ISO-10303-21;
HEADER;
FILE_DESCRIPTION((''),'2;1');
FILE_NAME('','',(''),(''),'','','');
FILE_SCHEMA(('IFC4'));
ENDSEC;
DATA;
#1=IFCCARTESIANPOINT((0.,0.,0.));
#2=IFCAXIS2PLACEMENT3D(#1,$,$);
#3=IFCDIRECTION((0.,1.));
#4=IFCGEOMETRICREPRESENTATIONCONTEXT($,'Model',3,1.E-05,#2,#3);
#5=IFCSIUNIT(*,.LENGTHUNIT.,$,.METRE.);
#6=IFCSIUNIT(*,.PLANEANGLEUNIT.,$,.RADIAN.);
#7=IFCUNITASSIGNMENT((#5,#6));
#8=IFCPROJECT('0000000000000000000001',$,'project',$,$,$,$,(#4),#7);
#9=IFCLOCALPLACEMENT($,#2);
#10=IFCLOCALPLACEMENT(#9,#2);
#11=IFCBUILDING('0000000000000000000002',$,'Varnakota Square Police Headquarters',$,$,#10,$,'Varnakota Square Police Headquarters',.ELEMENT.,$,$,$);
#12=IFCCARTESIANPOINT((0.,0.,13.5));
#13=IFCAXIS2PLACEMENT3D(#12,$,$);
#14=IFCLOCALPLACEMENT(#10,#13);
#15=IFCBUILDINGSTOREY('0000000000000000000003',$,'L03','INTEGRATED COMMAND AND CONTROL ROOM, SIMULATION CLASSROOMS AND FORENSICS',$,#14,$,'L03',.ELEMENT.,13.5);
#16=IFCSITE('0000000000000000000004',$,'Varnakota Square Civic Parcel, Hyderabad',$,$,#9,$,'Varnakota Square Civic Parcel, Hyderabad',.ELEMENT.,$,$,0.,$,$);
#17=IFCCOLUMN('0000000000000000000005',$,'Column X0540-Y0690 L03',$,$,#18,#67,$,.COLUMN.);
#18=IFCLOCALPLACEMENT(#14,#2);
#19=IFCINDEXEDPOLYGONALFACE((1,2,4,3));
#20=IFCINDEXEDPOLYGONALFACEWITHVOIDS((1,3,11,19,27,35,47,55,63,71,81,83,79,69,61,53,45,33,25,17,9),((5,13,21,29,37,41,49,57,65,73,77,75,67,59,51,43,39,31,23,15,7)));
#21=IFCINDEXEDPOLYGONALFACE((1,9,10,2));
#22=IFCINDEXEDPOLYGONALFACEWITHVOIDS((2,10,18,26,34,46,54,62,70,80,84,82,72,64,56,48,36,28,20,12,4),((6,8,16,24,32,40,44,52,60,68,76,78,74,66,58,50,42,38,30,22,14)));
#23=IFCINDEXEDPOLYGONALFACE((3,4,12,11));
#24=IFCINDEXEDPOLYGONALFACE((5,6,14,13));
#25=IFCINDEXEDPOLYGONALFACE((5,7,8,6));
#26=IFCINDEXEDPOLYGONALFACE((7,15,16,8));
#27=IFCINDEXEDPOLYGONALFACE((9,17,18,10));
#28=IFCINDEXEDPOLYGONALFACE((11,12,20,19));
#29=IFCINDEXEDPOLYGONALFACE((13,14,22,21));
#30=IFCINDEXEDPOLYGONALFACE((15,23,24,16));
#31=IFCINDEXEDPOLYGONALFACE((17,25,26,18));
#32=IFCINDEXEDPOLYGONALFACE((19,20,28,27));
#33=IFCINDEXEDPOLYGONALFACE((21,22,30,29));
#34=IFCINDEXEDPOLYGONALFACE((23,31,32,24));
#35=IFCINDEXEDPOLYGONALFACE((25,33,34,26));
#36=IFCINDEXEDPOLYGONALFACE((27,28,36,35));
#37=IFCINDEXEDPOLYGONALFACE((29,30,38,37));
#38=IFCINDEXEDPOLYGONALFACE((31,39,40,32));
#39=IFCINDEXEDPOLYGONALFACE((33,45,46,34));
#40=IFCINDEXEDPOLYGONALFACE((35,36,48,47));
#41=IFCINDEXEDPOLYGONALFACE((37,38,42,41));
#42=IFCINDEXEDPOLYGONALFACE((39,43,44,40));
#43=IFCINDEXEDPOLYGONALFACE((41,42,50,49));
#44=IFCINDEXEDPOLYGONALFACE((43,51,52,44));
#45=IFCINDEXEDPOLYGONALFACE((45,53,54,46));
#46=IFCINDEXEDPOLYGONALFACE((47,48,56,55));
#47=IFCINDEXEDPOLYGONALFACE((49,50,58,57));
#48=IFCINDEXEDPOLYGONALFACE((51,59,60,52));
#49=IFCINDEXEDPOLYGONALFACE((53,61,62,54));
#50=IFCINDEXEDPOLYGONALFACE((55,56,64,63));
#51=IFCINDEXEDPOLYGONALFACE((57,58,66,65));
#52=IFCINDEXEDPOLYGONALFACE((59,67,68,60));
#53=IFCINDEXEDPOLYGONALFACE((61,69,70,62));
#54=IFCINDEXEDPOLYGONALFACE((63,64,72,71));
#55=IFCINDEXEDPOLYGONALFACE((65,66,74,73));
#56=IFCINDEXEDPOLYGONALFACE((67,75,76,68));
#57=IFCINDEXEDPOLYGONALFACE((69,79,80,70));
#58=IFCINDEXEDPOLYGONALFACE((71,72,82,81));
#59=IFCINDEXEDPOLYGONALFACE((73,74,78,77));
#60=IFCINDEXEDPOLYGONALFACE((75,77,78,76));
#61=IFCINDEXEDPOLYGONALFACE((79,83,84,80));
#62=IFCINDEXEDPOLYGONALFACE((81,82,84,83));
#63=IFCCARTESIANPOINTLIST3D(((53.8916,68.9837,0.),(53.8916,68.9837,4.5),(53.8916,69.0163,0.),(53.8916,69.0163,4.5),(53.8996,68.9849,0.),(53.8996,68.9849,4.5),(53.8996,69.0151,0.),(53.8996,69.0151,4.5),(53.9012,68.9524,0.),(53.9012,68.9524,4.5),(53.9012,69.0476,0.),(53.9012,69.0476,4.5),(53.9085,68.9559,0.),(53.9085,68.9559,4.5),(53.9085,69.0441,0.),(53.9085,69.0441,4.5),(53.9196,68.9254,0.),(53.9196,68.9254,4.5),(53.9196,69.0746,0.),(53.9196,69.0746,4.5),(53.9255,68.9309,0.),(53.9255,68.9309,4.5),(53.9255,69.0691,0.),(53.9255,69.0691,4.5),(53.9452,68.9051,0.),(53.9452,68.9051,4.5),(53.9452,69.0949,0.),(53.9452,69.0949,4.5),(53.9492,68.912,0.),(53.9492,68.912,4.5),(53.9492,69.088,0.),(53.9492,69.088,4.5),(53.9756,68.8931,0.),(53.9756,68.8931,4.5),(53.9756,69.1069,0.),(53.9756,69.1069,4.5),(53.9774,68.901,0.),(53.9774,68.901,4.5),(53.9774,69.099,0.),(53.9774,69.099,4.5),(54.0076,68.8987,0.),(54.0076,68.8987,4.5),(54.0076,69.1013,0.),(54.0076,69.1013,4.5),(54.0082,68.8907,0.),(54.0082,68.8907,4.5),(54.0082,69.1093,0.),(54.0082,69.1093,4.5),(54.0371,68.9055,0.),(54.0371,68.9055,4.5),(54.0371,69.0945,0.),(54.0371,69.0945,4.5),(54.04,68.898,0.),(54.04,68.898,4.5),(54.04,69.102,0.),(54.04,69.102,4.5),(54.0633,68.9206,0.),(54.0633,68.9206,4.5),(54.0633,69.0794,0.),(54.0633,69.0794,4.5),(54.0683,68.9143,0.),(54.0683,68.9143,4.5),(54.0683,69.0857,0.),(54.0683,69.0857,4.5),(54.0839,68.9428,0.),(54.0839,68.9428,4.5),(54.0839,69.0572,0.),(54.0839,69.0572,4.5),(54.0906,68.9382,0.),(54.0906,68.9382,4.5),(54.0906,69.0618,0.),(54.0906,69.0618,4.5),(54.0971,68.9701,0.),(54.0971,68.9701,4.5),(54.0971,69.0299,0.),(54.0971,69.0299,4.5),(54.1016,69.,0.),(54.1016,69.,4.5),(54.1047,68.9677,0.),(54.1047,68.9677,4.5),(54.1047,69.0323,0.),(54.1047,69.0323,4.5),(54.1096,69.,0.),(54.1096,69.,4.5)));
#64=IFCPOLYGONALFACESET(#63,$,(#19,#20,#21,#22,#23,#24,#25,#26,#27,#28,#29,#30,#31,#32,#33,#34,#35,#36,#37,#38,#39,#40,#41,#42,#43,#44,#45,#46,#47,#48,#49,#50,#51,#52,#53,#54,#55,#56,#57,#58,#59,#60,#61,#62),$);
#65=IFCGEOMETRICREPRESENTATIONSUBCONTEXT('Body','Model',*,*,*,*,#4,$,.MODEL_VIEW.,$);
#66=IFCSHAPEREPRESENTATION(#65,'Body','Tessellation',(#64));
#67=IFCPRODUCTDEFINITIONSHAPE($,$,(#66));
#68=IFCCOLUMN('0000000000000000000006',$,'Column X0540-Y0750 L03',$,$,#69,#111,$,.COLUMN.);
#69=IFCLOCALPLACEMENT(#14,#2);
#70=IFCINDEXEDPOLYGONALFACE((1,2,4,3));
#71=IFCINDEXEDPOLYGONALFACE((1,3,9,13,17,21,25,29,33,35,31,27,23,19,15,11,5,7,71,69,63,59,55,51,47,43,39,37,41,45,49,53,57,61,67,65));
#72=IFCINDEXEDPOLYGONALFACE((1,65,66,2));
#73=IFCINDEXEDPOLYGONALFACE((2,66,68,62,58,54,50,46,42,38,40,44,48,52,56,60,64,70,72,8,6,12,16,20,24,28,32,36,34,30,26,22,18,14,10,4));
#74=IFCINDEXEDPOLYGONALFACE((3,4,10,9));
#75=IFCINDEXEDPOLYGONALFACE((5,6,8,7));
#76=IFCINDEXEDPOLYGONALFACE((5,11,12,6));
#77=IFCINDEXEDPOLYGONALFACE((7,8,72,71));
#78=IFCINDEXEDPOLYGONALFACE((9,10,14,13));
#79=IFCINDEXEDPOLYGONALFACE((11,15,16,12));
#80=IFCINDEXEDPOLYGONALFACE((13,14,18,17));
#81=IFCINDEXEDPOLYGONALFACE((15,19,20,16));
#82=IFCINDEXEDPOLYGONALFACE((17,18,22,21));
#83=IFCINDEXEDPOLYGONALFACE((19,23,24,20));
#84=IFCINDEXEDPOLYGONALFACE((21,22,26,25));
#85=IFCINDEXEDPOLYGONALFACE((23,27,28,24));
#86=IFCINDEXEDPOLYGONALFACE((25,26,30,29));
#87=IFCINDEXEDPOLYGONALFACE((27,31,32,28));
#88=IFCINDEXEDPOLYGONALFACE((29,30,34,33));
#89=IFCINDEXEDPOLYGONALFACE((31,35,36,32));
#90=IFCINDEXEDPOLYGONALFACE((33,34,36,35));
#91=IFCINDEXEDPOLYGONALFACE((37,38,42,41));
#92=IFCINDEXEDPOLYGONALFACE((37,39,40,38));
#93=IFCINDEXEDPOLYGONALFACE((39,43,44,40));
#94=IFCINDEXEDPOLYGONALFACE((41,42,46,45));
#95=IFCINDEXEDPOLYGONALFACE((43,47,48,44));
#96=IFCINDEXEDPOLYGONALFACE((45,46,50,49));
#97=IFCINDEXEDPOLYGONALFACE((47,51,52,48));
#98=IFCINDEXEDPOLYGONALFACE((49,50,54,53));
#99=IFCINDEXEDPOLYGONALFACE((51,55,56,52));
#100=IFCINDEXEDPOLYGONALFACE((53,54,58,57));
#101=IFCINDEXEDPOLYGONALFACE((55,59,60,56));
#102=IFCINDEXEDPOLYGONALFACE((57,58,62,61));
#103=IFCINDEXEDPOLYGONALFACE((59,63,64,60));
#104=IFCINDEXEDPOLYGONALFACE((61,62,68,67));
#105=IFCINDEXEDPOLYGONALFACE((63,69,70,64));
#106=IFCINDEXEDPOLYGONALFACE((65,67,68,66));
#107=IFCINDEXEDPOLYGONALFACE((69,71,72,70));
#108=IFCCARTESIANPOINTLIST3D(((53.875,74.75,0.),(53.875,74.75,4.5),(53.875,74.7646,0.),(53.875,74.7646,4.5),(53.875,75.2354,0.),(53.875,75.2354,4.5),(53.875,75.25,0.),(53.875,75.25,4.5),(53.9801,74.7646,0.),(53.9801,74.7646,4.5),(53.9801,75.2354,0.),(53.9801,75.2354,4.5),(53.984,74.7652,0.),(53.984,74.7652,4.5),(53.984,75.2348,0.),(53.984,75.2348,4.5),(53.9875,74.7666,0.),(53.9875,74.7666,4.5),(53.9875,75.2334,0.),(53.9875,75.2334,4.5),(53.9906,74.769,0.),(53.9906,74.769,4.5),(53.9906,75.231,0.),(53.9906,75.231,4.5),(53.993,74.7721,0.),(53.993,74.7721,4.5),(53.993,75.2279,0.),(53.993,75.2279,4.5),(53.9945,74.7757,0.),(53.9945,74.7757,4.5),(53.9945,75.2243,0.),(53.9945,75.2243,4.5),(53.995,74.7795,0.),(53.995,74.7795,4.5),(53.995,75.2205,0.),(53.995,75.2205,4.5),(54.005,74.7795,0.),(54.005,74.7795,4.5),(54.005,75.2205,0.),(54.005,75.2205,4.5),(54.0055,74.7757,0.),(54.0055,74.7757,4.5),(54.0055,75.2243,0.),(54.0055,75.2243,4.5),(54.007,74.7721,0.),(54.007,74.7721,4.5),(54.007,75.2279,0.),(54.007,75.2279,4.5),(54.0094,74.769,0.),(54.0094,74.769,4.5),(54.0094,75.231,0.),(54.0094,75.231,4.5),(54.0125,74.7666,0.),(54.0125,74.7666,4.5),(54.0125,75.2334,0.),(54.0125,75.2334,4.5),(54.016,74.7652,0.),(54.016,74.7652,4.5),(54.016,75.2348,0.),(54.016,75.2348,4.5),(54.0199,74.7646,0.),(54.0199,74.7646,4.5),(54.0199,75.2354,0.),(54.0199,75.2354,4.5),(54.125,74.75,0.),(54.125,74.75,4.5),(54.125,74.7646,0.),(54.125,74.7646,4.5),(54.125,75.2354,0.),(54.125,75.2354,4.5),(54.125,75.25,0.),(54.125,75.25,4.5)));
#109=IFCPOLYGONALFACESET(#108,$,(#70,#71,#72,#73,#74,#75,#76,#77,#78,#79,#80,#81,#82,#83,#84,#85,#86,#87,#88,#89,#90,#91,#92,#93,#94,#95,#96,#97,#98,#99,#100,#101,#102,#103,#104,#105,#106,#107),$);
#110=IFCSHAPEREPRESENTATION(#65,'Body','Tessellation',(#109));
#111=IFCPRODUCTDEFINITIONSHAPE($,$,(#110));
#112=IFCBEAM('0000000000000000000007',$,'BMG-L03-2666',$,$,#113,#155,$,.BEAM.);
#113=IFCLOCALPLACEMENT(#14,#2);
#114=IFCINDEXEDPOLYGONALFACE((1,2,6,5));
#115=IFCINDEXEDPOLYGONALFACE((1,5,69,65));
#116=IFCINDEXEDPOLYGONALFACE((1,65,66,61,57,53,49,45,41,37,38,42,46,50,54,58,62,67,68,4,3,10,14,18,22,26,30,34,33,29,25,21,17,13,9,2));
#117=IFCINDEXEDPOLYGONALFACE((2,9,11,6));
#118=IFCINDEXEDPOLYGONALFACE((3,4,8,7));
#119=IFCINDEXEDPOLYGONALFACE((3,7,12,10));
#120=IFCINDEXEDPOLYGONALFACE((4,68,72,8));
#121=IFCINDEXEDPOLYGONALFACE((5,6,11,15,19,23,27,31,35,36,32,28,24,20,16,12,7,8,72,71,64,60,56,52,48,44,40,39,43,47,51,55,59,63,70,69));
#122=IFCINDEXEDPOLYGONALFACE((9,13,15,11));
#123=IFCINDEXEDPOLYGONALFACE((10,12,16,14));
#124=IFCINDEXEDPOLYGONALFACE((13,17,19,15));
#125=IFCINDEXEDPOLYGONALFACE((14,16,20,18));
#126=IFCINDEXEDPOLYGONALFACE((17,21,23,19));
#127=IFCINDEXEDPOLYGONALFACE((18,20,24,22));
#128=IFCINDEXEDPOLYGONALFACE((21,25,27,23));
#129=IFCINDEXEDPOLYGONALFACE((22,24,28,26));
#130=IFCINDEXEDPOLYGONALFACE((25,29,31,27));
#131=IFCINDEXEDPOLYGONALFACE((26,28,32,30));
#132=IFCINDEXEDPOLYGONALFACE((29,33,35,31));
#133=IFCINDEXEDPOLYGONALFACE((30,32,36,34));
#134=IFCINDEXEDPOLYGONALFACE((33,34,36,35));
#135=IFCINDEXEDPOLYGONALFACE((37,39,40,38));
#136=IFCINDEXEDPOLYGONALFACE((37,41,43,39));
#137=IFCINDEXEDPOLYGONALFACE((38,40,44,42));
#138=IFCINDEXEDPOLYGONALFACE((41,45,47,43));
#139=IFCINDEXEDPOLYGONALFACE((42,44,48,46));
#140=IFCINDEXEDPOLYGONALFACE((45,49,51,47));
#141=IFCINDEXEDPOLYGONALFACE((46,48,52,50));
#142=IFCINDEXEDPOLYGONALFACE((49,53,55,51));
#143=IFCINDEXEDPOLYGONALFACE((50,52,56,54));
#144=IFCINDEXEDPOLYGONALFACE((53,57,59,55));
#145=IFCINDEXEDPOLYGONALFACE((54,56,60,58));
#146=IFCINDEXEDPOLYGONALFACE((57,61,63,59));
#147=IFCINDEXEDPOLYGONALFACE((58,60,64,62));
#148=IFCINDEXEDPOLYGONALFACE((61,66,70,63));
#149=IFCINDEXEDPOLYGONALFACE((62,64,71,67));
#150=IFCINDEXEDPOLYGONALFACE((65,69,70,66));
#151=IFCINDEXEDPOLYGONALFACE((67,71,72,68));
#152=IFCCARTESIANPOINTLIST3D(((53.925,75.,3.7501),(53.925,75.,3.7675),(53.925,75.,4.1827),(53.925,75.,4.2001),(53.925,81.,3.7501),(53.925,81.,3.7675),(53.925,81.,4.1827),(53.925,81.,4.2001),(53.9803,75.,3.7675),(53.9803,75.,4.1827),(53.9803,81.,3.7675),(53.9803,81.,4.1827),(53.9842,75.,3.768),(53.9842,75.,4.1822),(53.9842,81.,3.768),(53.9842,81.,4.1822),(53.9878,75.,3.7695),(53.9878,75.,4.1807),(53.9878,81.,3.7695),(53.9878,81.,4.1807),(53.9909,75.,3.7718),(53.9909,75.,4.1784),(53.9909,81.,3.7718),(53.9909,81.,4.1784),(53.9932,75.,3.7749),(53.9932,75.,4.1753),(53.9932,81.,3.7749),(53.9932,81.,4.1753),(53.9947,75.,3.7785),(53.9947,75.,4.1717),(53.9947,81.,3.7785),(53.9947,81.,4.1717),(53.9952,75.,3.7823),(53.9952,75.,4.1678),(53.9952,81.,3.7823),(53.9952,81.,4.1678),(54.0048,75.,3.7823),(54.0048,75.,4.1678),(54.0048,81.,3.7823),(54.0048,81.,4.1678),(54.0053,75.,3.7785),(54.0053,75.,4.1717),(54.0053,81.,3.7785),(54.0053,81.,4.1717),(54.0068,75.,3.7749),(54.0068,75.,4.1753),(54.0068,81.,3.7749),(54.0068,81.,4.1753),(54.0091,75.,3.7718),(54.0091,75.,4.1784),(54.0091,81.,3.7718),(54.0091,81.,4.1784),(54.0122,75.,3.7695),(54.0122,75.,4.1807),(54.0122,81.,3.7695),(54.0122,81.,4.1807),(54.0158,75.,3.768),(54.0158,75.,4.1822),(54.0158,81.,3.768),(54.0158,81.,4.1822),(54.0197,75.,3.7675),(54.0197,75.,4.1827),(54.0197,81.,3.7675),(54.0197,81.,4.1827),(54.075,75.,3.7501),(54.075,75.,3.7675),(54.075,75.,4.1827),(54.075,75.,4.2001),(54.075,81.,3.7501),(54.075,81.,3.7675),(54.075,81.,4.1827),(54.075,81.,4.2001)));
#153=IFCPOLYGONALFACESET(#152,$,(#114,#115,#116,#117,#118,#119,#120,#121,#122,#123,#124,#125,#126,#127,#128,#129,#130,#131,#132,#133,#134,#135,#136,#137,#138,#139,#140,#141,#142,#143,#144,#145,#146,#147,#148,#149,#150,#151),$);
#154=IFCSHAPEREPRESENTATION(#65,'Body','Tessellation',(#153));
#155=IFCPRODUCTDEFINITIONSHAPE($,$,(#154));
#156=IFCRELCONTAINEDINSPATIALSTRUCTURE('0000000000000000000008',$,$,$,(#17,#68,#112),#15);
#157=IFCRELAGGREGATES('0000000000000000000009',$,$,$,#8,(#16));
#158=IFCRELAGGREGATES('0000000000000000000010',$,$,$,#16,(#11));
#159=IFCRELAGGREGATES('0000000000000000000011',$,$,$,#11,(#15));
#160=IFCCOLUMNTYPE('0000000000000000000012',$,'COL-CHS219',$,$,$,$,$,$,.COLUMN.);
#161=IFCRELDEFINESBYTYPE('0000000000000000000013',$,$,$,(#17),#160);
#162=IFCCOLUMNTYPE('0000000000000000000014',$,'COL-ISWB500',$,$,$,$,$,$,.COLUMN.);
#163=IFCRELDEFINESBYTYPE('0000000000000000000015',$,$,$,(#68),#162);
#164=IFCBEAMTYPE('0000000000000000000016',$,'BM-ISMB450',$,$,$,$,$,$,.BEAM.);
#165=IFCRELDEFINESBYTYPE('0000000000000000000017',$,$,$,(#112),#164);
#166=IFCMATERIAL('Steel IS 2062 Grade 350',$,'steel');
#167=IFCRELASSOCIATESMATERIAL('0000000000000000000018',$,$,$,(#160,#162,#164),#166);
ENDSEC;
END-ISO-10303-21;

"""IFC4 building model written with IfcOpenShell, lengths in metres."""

from ifc_helpers import new_model, si_unit, direction, frame, origin, origin_2d, place, context, subcontext, project, spatial, hollow_circle, i_section, extrude, material, material_profile, profile_set, type_object, element, save


model = new_model("IFC4")

# Units and contexts
model_context = context("Model", 3, precision=1e-05, world=origin(), true_north=direction((0.0, 1.0)))
body_context = subcontext(model_context, "Body", "Model", "MODEL_VIEW")
ifc_project = project(units=[si_unit("LENGTHUNIT", "METRE"), si_unit("PLANEANGLEUNIT", "RADIAN")], contexts=[model_context])

# Site, building, storey
site_placement = place(None, origin())
site = spatial("IfcSite", under=ifc_project, at=site_placement, Name="Varnakota Square Civic Parcel, Hyderabad", LongName="Varnakota Square Civic Parcel, Hyderabad", CompositionType="ELEMENT", RefElevation=0.0)
building_placement = place(site_placement, origin())
building = spatial("IfcBuilding", under=site, at=building_placement, Name="Varnakota Square Police Headquarters", LongName="Varnakota Square Police Headquarters", CompositionType="ELEMENT")
storey_placement = place(building_placement, frame((0.0, 0.0, 13.5)))
storey = spatial("IfcBuildingStorey", under=building, at=storey_placement, Name="L03", Description="INTEGRATED COMMAND AND CONTROL ROOM, SIMULATION CLASSROOMS AND FORENSICS", LongName="L03", CompositionType="ELEMENT", Elevation=13.5)

# Columns
ifc_material_1 = material(Name="Steel IS 2062 Grade 350", Category="steel")
ifc_material_profile_1 = material_profile(ifc_material_1, hollow_circle(Radius=0.1096, WallThickness=0.0081, at=origin_2d()), Name="CHS 219.1x8.0")
ifc_profile_set_1 = profile_set([ifc_material_profile_1], Name="Steel IS 2062 Grade 350")
column_type_1 = type_object("IfcColumnType", Name="COL-CHS219", PredefinedType="COLUMN", material=ifc_profile_set_1)
column_1_placement = place(storey_placement, frame((54.0, 69.0, 0.0), z_axis=(0.0, 0.0, 1.0), x_axis=(1.0, 0.0, 0.0)))
element("IfcColumn", 1, at=column_1_placement, inside=storey, type_object=column_type_1, Name="Column X0540-Y0690 L03", PredefinedType="COLUMN", context=body_context, shape_type="SweptSolid", body=[
    extrude(hollow_circle(Radius=0.1096, WallThickness=0.0081, at=origin_2d()), origin(), (0.0, 0.0, 1.0), 4.5),
])
ifc_material_profile_2 = material_profile(ifc_material_1, i_section(OverallWidth=0.25, OverallDepth=0.5, WebThickness=0.01, FlangeThickness=0.0146, FilletRadius=0.0149, at=origin_2d()), Name="ISWB 500")
ifc_profile_set_2 = profile_set([ifc_material_profile_2], Name="Steel IS 2062 Grade 350")
column_type_2 = type_object("IfcColumnType", Name="COL-ISWB500", PredefinedType="COLUMN", material=ifc_profile_set_2)
column_2_placement = place(storey_placement, frame((54.0, 75.0, 0.0), z_axis=(0.0, 0.0, 1.0), x_axis=(1.0, 0.0, 0.0)))
element("IfcColumn", 2, at=column_2_placement, inside=storey, type_object=column_type_2, Name="Column X0540-Y0750 L03", PredefinedType="COLUMN", context=body_context, shape_type="SweptSolid", body=[
    extrude(i_section(OverallWidth=0.25, OverallDepth=0.5, WebThickness=0.01, FlangeThickness=0.0146, FilletRadius=0.0149, at=origin_2d()), origin(), (0.0, 0.0, 1.0), 4.5),
])

# Beam
ifc_material_profile_3 = material_profile(ifc_material_1, i_section(OverallWidth=0.1499, OverallDepth=0.45, WebThickness=0.0095, FlangeThickness=0.0173, FilletRadius=0.0149, at=origin_2d()), Name="ISMB 450")
ifc_profile_set_3 = profile_set([ifc_material_profile_3], Name="Steel IS 2062 Grade 350")
beam_type_1 = type_object("IfcBeamType", Name="BM-ISMB450", PredefinedType="BEAM", material=ifc_profile_set_3)
beam_1_placement = place(storey_placement, frame((54.0, 75.0, 3.9751), z_axis=(0.0, 1.0, 0.0), x_axis=(-1.0, 0.0, 0.0)))
element("IfcBeam", 3, at=beam_1_placement, inside=storey, type_object=beam_type_1, Name="BMG-L03-2666", PredefinedType="BEAM", context=body_context, shape_type="SweptSolid", body=[
    extrude(i_section(OverallWidth=0.1499, OverallDepth=0.45, WebThickness=0.0095, FlangeThickness=0.0173, FilletRadius=0.0149, at=origin_2d()), origin(), (0.0, 0.0, 1.0), 6.0),
])

save(model, "model.ifc")
